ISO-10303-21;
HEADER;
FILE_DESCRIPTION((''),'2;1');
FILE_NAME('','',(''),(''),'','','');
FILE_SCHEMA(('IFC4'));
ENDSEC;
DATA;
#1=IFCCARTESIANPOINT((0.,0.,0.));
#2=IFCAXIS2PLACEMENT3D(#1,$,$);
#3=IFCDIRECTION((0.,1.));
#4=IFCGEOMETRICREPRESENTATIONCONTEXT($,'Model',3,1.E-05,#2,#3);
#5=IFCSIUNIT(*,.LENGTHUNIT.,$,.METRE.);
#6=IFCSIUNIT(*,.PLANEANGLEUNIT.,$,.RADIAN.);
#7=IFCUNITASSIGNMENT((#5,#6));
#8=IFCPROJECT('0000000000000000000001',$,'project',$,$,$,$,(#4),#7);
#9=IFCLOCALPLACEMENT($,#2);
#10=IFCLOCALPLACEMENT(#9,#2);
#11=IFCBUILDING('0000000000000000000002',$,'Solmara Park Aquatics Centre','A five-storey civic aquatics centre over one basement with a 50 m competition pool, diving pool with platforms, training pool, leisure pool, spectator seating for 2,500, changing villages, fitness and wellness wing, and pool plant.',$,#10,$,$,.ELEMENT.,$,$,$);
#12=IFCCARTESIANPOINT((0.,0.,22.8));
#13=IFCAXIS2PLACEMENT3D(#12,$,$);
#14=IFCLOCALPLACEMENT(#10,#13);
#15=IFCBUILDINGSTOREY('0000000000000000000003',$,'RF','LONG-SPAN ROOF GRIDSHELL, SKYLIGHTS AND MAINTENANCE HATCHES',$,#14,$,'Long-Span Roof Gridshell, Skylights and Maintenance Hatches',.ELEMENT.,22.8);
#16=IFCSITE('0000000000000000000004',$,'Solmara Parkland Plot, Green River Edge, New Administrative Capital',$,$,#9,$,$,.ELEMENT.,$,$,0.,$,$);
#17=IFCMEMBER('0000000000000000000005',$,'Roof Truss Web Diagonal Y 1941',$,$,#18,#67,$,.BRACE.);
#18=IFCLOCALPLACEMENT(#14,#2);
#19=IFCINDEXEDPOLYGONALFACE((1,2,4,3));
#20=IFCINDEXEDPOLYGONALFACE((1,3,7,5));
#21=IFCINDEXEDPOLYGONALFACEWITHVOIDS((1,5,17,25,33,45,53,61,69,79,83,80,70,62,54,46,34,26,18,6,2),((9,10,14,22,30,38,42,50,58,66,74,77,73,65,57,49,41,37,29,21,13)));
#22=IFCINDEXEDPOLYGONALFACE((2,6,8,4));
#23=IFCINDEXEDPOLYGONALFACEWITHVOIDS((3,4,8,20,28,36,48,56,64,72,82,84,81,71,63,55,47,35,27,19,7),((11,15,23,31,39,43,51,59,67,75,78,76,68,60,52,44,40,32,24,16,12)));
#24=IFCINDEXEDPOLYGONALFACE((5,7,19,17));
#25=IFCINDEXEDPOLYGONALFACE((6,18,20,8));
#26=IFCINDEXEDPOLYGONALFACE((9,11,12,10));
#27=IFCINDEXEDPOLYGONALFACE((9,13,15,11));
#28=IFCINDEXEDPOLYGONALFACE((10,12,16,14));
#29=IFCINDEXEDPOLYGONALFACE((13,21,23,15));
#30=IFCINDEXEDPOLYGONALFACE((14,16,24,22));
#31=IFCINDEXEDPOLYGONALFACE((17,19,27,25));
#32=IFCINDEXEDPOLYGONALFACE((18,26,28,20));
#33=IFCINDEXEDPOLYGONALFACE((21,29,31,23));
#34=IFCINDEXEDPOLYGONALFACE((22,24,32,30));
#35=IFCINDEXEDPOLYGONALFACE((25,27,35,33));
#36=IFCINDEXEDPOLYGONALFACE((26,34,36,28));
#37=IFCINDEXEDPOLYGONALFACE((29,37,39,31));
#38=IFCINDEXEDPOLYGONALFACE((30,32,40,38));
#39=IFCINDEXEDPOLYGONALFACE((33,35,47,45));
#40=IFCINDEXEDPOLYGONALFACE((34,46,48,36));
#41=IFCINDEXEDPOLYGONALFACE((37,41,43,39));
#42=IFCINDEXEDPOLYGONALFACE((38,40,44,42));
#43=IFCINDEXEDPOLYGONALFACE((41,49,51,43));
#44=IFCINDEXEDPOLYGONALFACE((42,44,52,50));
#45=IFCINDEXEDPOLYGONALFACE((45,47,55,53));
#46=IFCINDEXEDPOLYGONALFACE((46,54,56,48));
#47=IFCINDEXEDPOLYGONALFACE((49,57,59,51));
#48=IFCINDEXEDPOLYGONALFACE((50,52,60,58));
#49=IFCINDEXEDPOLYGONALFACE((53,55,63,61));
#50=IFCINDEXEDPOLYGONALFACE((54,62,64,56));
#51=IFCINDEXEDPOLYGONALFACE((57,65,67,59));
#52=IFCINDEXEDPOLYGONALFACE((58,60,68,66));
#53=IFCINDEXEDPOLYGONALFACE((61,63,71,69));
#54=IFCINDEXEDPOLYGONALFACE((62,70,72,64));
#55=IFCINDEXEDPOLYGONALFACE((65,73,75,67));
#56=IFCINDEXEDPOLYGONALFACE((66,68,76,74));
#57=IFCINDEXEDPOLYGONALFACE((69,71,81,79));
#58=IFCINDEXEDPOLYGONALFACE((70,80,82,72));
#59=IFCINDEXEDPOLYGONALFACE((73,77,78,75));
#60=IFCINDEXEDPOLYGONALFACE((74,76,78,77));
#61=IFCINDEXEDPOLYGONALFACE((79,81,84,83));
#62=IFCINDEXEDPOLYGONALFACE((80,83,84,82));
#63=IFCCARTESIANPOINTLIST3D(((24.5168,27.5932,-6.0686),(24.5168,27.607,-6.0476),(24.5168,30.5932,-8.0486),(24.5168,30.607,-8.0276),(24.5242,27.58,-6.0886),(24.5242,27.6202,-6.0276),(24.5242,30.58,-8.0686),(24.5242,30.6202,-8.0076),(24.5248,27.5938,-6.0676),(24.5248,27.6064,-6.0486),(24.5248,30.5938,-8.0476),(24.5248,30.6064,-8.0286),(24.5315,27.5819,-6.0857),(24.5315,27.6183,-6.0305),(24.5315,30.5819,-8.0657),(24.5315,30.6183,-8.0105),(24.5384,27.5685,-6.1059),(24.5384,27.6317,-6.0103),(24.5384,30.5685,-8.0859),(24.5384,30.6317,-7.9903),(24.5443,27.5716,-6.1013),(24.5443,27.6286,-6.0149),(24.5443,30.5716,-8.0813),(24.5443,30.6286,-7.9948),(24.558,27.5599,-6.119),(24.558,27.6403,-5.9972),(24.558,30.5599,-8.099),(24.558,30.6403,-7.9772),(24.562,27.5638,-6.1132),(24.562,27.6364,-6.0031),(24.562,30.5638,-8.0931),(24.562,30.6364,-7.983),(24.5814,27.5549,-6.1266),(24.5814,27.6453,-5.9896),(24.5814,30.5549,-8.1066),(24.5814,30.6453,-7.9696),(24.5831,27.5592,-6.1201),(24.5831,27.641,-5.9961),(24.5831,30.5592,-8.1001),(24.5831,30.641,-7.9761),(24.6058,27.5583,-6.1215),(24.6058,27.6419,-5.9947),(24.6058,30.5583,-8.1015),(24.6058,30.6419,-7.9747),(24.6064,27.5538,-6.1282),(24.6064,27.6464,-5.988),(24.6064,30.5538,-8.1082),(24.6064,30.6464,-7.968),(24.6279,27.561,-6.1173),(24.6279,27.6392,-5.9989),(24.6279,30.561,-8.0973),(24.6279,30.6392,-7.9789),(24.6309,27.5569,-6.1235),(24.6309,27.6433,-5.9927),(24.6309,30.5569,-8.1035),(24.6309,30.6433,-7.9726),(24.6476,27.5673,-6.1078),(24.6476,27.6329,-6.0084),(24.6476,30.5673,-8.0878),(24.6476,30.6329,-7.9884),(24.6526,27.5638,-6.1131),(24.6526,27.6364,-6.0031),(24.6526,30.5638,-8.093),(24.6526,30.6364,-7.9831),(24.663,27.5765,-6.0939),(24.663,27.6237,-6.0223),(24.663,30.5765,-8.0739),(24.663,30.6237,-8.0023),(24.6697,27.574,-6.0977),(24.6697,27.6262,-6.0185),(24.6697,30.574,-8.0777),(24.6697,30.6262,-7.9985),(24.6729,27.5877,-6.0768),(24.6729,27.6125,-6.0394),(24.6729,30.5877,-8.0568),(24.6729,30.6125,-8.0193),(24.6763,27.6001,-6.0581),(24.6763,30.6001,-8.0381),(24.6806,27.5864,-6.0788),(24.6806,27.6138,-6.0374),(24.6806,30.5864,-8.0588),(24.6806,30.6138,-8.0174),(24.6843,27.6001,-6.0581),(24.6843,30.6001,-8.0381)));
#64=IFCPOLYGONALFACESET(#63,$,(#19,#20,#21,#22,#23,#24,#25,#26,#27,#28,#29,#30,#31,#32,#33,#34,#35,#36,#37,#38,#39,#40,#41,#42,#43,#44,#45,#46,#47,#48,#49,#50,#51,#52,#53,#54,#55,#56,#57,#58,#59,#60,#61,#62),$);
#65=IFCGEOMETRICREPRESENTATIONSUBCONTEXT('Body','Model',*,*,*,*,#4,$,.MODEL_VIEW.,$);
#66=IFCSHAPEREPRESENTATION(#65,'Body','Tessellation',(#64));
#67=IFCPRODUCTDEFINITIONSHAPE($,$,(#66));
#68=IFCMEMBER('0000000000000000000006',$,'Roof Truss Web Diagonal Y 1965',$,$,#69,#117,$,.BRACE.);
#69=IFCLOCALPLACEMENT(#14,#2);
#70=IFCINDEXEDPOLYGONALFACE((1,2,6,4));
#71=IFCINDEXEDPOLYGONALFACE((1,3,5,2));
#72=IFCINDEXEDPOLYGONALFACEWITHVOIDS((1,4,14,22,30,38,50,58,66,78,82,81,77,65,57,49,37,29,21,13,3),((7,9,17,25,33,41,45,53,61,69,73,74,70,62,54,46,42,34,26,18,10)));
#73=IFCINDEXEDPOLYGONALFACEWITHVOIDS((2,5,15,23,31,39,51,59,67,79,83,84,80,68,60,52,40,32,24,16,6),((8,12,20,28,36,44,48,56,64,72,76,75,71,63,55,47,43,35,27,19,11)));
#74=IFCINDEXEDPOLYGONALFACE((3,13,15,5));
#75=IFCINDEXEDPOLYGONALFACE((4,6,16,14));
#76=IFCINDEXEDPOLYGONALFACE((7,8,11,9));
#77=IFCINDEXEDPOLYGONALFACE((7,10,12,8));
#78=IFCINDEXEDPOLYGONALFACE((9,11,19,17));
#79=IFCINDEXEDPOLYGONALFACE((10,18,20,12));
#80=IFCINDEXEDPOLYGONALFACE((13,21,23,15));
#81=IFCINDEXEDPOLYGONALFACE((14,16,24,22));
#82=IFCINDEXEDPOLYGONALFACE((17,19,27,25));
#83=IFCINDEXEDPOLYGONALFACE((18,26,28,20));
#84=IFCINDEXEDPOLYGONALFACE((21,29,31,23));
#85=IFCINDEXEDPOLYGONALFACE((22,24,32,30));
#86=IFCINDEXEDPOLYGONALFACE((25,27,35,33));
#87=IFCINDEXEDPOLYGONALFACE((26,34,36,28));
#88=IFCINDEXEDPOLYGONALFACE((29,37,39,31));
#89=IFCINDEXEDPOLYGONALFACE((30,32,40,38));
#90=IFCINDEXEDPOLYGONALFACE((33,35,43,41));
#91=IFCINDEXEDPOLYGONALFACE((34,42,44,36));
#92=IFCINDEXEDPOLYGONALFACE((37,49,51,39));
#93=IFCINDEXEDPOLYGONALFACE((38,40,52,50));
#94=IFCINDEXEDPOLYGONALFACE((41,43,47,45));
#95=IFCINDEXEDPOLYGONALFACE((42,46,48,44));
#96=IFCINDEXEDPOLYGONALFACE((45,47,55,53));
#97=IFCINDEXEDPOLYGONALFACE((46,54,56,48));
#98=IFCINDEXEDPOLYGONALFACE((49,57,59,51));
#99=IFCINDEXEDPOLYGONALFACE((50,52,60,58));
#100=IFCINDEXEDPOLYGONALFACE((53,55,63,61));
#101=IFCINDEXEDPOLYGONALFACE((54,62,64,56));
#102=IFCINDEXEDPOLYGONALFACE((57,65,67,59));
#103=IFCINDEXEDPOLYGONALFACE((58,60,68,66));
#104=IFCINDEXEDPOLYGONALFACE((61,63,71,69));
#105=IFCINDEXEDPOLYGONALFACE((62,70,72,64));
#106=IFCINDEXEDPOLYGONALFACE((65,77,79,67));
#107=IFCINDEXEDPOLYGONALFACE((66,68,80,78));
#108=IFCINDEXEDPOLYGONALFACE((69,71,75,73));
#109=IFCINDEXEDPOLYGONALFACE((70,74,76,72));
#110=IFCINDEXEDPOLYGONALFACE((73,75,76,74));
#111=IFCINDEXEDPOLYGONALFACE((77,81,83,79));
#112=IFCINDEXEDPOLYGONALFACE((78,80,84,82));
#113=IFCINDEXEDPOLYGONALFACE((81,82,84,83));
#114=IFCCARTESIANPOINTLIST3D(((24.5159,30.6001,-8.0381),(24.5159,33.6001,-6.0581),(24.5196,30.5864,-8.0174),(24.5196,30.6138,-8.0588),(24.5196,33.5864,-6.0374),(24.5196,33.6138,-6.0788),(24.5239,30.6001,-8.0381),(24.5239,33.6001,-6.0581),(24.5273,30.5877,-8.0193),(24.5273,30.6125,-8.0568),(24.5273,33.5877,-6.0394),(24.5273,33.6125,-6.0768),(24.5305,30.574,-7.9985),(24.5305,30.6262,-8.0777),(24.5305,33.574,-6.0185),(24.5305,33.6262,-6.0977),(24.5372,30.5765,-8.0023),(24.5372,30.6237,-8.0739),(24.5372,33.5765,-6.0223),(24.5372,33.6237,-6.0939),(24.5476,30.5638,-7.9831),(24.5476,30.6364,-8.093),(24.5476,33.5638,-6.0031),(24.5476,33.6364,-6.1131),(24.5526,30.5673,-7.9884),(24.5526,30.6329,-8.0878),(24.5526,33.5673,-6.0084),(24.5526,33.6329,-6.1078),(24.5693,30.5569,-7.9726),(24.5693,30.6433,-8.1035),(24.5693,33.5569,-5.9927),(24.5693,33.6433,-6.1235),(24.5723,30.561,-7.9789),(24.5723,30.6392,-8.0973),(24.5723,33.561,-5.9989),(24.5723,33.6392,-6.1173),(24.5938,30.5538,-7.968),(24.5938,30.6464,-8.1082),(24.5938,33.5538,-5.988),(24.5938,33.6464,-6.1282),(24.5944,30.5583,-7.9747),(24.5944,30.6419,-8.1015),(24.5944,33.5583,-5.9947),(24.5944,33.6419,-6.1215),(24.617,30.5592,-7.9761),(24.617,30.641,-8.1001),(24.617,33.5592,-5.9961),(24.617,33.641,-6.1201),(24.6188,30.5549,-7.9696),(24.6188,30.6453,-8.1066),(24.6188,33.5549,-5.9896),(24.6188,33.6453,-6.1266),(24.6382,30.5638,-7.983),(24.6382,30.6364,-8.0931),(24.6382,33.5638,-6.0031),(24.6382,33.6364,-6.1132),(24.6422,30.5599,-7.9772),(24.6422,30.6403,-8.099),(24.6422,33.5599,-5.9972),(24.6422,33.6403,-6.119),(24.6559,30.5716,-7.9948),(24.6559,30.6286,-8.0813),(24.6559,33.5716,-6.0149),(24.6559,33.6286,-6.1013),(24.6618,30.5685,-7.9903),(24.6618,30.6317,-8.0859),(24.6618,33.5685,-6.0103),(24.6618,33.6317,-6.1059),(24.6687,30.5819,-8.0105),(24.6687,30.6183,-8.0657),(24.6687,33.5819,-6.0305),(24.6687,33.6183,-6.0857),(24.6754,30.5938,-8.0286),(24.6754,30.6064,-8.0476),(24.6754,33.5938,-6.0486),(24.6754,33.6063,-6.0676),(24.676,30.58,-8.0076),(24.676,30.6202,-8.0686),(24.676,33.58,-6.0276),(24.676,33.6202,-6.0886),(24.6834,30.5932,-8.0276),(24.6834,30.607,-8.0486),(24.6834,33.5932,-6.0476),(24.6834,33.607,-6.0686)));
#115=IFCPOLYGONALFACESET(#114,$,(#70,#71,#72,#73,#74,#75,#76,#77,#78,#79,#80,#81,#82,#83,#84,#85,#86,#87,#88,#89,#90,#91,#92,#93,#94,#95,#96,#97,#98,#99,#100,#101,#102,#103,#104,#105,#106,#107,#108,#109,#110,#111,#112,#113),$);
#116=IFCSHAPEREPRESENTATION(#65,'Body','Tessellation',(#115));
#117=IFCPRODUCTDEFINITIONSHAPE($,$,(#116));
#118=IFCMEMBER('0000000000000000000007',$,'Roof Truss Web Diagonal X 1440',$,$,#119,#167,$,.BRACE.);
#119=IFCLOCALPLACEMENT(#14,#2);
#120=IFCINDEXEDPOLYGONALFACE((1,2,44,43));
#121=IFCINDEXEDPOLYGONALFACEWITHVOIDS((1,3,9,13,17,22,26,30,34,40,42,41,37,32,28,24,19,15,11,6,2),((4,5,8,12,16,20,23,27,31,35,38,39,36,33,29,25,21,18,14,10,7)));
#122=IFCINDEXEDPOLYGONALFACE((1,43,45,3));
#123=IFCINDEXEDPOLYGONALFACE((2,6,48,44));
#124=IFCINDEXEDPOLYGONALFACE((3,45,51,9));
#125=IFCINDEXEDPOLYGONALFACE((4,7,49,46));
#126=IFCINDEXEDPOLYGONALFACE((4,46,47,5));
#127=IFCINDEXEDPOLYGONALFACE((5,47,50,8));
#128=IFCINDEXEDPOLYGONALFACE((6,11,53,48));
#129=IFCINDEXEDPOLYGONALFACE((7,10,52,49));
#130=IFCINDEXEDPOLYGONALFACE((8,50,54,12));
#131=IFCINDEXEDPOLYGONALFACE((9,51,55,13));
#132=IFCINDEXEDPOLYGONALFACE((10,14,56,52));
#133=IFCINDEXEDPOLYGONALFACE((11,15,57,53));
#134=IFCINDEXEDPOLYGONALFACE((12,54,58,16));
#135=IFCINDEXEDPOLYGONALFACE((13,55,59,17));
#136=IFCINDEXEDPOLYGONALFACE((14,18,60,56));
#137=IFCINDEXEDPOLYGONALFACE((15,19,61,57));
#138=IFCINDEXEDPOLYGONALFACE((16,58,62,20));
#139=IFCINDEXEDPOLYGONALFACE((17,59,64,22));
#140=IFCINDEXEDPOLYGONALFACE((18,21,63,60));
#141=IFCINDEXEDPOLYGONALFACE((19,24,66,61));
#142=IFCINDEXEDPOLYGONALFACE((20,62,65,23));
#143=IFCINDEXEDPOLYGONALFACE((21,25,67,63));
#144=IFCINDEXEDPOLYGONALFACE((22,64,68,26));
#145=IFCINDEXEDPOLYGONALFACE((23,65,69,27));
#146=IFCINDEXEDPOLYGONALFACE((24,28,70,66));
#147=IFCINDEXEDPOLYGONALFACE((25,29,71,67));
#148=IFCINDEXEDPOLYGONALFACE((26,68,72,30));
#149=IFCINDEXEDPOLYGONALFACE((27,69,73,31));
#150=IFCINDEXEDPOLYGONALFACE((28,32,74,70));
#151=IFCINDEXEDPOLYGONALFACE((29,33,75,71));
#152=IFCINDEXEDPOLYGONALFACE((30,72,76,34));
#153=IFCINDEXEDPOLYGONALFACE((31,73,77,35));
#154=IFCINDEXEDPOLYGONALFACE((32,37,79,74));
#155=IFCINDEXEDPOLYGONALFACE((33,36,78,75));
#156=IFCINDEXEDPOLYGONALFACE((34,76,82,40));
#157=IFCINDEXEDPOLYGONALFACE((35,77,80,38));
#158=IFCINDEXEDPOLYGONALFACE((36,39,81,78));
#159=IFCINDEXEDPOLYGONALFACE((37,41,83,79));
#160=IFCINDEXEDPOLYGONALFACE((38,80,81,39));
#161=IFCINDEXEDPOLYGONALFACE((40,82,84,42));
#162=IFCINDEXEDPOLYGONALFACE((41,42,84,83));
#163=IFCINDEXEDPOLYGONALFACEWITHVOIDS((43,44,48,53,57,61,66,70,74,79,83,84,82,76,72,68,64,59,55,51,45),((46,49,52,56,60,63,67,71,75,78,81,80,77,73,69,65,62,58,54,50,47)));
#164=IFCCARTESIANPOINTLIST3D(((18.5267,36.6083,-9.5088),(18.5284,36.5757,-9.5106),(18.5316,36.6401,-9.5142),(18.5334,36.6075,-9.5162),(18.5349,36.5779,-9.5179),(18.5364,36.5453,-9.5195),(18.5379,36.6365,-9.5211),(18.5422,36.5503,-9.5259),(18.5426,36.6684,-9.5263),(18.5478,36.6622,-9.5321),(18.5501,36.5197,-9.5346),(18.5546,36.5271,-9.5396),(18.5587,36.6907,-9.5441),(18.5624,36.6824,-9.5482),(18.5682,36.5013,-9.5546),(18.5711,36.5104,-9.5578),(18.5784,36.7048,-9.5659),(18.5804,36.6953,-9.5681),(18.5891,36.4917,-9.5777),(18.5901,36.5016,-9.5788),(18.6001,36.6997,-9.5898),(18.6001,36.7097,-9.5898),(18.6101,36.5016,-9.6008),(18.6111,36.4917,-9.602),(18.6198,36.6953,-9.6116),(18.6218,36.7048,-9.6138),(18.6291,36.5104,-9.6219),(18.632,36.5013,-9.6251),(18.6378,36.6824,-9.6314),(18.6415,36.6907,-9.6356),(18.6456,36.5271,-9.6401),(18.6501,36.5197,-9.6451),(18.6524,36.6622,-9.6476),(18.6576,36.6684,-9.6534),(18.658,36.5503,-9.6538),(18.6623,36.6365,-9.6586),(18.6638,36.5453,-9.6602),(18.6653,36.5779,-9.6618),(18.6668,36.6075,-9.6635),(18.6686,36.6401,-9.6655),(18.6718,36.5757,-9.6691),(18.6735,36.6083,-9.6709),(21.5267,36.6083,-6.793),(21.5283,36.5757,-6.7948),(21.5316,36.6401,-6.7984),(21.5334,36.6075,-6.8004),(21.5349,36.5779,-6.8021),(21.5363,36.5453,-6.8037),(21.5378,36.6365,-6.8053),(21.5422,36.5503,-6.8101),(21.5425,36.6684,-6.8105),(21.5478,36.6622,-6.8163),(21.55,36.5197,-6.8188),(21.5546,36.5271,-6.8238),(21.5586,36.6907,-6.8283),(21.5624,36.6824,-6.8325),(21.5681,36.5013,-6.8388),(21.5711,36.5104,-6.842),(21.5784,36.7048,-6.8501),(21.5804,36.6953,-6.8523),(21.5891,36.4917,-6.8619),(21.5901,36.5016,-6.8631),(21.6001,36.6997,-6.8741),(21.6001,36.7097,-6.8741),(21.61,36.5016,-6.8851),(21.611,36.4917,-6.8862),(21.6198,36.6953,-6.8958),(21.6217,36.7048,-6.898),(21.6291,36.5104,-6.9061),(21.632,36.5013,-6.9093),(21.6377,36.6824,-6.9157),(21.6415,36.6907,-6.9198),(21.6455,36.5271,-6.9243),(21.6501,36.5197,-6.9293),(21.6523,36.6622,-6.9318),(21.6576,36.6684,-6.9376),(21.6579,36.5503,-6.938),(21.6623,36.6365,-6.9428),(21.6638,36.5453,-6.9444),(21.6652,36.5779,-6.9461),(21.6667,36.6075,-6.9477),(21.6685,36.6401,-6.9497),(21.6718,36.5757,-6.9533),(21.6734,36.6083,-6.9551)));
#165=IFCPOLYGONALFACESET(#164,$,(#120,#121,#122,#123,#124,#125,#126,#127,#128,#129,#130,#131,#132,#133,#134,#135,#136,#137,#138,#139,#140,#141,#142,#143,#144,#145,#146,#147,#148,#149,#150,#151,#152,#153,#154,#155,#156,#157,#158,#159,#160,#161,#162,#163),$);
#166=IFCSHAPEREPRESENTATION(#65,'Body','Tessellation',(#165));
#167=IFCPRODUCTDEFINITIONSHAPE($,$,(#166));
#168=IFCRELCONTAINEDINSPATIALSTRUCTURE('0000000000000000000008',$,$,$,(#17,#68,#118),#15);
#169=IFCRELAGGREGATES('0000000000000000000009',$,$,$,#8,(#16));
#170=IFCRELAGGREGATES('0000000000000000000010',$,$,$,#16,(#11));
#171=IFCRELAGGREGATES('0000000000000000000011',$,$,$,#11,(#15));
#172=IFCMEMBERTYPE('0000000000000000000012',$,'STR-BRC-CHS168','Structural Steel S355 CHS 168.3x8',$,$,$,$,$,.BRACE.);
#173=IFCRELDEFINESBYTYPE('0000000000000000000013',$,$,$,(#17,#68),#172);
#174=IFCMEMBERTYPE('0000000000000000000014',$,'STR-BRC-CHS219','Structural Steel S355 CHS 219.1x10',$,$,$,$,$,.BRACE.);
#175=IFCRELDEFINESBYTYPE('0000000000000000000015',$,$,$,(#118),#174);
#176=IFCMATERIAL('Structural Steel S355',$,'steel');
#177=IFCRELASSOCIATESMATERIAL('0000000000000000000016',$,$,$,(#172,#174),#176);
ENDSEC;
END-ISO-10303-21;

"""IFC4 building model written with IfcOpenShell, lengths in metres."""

from ifc_helpers import new_model, si_unit, direction, frame, origin, origin_2d, place, context, subcontext, project, spatial, hollow_circle, extrude, material, material_profile, profile_set, type_object, element, save


model = new_model("IFC4")

# Units and contexts
model_context = context("Model", 3, precision=1e-05, world=origin(), true_north=direction((0.0, 1.0)))
body_context = subcontext(model_context, "Body", "Model", "MODEL_VIEW")
ifc_project = project(units=[si_unit("LENGTHUNIT", "METRE"), si_unit("PLANEANGLEUNIT", "RADIAN")], contexts=[model_context])

# Site, building, storey
site_placement = place(None, origin())
site = spatial("IfcSite", under=ifc_project, at=site_placement, Name="Solmara Parkland Plot, Green River Edge, New Administrative Capital", CompositionType="ELEMENT", RefElevation=0.0)
building_placement = place(site_placement, origin())
building = spatial("IfcBuilding", under=site, at=building_placement, Name="Solmara Park Aquatics Centre", Description="A five-storey civic aquatics centre over one basement with a 50 m competition pool, diving pool with platforms, training pool, leisure pool, spectator seating for 2,500, changing villages, fitness and wellness wing, and pool plant.", CompositionType="ELEMENT")
storey_placement = place(building_placement, frame((0.0, 0.0, 22.8)))
storey = spatial("IfcBuildingStorey", under=building, at=storey_placement, Name="RF", Description="LONG-SPAN ROOF GRIDSHELL, SKYLIGHTS AND MAINTENANCE HATCHES", LongName="Long-Span Roof Gridshell, Skylights and Maintenance Hatches", CompositionType="ELEMENT", Elevation=22.8)

# Members
ifc_material_1 = material(Name="Structural Steel S355", Category="steel")
ifc_material_profile_1 = material_profile(ifc_material_1, hollow_circle(Radius=0.0842, WallThickness=0.0081, at=origin_2d()), Name="CHS 168.3x8")
ifc_profile_set_1 = profile_set([ifc_material_profile_1], Name="Structural Steel S355")
member_type_1 = type_object("IfcMemberType", Name="STR-BRC-CHS168", Description="Structural Steel S355 CHS 168.3x8", PredefinedType="BRACE", material=ifc_profile_set_1)
for number, where, z_axis, x_axis, name in (
    (1, (24.6001, 30.6001, -8.0381), (0.0, -0.834612, 0.550838), (1.0, 0.0, 0.0), "Roof Truss Web Diagonal Y 1941"),
    (2, (24.6001, 30.6001, -8.0381), (0.0, 0.834612, 0.550838), (-1.0, 0.0, 0.0), "Roof Truss Web Diagonal Y 1965"),
):
    element("IfcMember", number, at=place(storey_placement, frame(where, z_axis=z_axis, x_axis=x_axis)), inside=storey, type_object=member_type_1, Name=name, PredefinedType="BRACE", context=body_context, shape_type="SweptSolid", body=[
        extrude(hollow_circle(Radius=0.0842, WallThickness=0.0081, at=origin_2d()), origin(), (0.0, 0.0, 1.0), 3.5945),
    ])
ifc_material_profile_2 = material_profile(ifc_material_1, hollow_circle(Radius=0.1096, WallThickness=0.01, at=origin_2d()), Name="CHS 219.1x10")
ifc_profile_set_2 = profile_set([ifc_material_profile_2], Name="Structural Steel S355")
member_type_2 = type_object("IfcMemberType", Name="STR-BRC-CHS219", Description="Structural Steel S355 CHS 219.1x10", PredefinedType="BRACE", material=ifc_profile_set_2)
for number, where, z_axis, x_axis, name in (
    (3, (18.6001, 36.6001, -9.5898), (0.741347, 0.0, 0.671122), (0.0, 1.0, 0.0), "Roof Truss Web Diagonal X 1440"),
):
    element("IfcMember", number, at=place(storey_placement, frame(where, z_axis=z_axis, x_axis=x_axis)), inside=storey, type_object=member_type_2, Name=name, PredefinedType="BRACE", context=body_context, shape_type="SweptSolid", body=[
        extrude(hollow_circle(Radius=0.1096, WallThickness=0.01, at=origin_2d()), origin(), (0.0, 0.0, 1.0), 4.0466),
    ])

save(model, "model.ifc")
